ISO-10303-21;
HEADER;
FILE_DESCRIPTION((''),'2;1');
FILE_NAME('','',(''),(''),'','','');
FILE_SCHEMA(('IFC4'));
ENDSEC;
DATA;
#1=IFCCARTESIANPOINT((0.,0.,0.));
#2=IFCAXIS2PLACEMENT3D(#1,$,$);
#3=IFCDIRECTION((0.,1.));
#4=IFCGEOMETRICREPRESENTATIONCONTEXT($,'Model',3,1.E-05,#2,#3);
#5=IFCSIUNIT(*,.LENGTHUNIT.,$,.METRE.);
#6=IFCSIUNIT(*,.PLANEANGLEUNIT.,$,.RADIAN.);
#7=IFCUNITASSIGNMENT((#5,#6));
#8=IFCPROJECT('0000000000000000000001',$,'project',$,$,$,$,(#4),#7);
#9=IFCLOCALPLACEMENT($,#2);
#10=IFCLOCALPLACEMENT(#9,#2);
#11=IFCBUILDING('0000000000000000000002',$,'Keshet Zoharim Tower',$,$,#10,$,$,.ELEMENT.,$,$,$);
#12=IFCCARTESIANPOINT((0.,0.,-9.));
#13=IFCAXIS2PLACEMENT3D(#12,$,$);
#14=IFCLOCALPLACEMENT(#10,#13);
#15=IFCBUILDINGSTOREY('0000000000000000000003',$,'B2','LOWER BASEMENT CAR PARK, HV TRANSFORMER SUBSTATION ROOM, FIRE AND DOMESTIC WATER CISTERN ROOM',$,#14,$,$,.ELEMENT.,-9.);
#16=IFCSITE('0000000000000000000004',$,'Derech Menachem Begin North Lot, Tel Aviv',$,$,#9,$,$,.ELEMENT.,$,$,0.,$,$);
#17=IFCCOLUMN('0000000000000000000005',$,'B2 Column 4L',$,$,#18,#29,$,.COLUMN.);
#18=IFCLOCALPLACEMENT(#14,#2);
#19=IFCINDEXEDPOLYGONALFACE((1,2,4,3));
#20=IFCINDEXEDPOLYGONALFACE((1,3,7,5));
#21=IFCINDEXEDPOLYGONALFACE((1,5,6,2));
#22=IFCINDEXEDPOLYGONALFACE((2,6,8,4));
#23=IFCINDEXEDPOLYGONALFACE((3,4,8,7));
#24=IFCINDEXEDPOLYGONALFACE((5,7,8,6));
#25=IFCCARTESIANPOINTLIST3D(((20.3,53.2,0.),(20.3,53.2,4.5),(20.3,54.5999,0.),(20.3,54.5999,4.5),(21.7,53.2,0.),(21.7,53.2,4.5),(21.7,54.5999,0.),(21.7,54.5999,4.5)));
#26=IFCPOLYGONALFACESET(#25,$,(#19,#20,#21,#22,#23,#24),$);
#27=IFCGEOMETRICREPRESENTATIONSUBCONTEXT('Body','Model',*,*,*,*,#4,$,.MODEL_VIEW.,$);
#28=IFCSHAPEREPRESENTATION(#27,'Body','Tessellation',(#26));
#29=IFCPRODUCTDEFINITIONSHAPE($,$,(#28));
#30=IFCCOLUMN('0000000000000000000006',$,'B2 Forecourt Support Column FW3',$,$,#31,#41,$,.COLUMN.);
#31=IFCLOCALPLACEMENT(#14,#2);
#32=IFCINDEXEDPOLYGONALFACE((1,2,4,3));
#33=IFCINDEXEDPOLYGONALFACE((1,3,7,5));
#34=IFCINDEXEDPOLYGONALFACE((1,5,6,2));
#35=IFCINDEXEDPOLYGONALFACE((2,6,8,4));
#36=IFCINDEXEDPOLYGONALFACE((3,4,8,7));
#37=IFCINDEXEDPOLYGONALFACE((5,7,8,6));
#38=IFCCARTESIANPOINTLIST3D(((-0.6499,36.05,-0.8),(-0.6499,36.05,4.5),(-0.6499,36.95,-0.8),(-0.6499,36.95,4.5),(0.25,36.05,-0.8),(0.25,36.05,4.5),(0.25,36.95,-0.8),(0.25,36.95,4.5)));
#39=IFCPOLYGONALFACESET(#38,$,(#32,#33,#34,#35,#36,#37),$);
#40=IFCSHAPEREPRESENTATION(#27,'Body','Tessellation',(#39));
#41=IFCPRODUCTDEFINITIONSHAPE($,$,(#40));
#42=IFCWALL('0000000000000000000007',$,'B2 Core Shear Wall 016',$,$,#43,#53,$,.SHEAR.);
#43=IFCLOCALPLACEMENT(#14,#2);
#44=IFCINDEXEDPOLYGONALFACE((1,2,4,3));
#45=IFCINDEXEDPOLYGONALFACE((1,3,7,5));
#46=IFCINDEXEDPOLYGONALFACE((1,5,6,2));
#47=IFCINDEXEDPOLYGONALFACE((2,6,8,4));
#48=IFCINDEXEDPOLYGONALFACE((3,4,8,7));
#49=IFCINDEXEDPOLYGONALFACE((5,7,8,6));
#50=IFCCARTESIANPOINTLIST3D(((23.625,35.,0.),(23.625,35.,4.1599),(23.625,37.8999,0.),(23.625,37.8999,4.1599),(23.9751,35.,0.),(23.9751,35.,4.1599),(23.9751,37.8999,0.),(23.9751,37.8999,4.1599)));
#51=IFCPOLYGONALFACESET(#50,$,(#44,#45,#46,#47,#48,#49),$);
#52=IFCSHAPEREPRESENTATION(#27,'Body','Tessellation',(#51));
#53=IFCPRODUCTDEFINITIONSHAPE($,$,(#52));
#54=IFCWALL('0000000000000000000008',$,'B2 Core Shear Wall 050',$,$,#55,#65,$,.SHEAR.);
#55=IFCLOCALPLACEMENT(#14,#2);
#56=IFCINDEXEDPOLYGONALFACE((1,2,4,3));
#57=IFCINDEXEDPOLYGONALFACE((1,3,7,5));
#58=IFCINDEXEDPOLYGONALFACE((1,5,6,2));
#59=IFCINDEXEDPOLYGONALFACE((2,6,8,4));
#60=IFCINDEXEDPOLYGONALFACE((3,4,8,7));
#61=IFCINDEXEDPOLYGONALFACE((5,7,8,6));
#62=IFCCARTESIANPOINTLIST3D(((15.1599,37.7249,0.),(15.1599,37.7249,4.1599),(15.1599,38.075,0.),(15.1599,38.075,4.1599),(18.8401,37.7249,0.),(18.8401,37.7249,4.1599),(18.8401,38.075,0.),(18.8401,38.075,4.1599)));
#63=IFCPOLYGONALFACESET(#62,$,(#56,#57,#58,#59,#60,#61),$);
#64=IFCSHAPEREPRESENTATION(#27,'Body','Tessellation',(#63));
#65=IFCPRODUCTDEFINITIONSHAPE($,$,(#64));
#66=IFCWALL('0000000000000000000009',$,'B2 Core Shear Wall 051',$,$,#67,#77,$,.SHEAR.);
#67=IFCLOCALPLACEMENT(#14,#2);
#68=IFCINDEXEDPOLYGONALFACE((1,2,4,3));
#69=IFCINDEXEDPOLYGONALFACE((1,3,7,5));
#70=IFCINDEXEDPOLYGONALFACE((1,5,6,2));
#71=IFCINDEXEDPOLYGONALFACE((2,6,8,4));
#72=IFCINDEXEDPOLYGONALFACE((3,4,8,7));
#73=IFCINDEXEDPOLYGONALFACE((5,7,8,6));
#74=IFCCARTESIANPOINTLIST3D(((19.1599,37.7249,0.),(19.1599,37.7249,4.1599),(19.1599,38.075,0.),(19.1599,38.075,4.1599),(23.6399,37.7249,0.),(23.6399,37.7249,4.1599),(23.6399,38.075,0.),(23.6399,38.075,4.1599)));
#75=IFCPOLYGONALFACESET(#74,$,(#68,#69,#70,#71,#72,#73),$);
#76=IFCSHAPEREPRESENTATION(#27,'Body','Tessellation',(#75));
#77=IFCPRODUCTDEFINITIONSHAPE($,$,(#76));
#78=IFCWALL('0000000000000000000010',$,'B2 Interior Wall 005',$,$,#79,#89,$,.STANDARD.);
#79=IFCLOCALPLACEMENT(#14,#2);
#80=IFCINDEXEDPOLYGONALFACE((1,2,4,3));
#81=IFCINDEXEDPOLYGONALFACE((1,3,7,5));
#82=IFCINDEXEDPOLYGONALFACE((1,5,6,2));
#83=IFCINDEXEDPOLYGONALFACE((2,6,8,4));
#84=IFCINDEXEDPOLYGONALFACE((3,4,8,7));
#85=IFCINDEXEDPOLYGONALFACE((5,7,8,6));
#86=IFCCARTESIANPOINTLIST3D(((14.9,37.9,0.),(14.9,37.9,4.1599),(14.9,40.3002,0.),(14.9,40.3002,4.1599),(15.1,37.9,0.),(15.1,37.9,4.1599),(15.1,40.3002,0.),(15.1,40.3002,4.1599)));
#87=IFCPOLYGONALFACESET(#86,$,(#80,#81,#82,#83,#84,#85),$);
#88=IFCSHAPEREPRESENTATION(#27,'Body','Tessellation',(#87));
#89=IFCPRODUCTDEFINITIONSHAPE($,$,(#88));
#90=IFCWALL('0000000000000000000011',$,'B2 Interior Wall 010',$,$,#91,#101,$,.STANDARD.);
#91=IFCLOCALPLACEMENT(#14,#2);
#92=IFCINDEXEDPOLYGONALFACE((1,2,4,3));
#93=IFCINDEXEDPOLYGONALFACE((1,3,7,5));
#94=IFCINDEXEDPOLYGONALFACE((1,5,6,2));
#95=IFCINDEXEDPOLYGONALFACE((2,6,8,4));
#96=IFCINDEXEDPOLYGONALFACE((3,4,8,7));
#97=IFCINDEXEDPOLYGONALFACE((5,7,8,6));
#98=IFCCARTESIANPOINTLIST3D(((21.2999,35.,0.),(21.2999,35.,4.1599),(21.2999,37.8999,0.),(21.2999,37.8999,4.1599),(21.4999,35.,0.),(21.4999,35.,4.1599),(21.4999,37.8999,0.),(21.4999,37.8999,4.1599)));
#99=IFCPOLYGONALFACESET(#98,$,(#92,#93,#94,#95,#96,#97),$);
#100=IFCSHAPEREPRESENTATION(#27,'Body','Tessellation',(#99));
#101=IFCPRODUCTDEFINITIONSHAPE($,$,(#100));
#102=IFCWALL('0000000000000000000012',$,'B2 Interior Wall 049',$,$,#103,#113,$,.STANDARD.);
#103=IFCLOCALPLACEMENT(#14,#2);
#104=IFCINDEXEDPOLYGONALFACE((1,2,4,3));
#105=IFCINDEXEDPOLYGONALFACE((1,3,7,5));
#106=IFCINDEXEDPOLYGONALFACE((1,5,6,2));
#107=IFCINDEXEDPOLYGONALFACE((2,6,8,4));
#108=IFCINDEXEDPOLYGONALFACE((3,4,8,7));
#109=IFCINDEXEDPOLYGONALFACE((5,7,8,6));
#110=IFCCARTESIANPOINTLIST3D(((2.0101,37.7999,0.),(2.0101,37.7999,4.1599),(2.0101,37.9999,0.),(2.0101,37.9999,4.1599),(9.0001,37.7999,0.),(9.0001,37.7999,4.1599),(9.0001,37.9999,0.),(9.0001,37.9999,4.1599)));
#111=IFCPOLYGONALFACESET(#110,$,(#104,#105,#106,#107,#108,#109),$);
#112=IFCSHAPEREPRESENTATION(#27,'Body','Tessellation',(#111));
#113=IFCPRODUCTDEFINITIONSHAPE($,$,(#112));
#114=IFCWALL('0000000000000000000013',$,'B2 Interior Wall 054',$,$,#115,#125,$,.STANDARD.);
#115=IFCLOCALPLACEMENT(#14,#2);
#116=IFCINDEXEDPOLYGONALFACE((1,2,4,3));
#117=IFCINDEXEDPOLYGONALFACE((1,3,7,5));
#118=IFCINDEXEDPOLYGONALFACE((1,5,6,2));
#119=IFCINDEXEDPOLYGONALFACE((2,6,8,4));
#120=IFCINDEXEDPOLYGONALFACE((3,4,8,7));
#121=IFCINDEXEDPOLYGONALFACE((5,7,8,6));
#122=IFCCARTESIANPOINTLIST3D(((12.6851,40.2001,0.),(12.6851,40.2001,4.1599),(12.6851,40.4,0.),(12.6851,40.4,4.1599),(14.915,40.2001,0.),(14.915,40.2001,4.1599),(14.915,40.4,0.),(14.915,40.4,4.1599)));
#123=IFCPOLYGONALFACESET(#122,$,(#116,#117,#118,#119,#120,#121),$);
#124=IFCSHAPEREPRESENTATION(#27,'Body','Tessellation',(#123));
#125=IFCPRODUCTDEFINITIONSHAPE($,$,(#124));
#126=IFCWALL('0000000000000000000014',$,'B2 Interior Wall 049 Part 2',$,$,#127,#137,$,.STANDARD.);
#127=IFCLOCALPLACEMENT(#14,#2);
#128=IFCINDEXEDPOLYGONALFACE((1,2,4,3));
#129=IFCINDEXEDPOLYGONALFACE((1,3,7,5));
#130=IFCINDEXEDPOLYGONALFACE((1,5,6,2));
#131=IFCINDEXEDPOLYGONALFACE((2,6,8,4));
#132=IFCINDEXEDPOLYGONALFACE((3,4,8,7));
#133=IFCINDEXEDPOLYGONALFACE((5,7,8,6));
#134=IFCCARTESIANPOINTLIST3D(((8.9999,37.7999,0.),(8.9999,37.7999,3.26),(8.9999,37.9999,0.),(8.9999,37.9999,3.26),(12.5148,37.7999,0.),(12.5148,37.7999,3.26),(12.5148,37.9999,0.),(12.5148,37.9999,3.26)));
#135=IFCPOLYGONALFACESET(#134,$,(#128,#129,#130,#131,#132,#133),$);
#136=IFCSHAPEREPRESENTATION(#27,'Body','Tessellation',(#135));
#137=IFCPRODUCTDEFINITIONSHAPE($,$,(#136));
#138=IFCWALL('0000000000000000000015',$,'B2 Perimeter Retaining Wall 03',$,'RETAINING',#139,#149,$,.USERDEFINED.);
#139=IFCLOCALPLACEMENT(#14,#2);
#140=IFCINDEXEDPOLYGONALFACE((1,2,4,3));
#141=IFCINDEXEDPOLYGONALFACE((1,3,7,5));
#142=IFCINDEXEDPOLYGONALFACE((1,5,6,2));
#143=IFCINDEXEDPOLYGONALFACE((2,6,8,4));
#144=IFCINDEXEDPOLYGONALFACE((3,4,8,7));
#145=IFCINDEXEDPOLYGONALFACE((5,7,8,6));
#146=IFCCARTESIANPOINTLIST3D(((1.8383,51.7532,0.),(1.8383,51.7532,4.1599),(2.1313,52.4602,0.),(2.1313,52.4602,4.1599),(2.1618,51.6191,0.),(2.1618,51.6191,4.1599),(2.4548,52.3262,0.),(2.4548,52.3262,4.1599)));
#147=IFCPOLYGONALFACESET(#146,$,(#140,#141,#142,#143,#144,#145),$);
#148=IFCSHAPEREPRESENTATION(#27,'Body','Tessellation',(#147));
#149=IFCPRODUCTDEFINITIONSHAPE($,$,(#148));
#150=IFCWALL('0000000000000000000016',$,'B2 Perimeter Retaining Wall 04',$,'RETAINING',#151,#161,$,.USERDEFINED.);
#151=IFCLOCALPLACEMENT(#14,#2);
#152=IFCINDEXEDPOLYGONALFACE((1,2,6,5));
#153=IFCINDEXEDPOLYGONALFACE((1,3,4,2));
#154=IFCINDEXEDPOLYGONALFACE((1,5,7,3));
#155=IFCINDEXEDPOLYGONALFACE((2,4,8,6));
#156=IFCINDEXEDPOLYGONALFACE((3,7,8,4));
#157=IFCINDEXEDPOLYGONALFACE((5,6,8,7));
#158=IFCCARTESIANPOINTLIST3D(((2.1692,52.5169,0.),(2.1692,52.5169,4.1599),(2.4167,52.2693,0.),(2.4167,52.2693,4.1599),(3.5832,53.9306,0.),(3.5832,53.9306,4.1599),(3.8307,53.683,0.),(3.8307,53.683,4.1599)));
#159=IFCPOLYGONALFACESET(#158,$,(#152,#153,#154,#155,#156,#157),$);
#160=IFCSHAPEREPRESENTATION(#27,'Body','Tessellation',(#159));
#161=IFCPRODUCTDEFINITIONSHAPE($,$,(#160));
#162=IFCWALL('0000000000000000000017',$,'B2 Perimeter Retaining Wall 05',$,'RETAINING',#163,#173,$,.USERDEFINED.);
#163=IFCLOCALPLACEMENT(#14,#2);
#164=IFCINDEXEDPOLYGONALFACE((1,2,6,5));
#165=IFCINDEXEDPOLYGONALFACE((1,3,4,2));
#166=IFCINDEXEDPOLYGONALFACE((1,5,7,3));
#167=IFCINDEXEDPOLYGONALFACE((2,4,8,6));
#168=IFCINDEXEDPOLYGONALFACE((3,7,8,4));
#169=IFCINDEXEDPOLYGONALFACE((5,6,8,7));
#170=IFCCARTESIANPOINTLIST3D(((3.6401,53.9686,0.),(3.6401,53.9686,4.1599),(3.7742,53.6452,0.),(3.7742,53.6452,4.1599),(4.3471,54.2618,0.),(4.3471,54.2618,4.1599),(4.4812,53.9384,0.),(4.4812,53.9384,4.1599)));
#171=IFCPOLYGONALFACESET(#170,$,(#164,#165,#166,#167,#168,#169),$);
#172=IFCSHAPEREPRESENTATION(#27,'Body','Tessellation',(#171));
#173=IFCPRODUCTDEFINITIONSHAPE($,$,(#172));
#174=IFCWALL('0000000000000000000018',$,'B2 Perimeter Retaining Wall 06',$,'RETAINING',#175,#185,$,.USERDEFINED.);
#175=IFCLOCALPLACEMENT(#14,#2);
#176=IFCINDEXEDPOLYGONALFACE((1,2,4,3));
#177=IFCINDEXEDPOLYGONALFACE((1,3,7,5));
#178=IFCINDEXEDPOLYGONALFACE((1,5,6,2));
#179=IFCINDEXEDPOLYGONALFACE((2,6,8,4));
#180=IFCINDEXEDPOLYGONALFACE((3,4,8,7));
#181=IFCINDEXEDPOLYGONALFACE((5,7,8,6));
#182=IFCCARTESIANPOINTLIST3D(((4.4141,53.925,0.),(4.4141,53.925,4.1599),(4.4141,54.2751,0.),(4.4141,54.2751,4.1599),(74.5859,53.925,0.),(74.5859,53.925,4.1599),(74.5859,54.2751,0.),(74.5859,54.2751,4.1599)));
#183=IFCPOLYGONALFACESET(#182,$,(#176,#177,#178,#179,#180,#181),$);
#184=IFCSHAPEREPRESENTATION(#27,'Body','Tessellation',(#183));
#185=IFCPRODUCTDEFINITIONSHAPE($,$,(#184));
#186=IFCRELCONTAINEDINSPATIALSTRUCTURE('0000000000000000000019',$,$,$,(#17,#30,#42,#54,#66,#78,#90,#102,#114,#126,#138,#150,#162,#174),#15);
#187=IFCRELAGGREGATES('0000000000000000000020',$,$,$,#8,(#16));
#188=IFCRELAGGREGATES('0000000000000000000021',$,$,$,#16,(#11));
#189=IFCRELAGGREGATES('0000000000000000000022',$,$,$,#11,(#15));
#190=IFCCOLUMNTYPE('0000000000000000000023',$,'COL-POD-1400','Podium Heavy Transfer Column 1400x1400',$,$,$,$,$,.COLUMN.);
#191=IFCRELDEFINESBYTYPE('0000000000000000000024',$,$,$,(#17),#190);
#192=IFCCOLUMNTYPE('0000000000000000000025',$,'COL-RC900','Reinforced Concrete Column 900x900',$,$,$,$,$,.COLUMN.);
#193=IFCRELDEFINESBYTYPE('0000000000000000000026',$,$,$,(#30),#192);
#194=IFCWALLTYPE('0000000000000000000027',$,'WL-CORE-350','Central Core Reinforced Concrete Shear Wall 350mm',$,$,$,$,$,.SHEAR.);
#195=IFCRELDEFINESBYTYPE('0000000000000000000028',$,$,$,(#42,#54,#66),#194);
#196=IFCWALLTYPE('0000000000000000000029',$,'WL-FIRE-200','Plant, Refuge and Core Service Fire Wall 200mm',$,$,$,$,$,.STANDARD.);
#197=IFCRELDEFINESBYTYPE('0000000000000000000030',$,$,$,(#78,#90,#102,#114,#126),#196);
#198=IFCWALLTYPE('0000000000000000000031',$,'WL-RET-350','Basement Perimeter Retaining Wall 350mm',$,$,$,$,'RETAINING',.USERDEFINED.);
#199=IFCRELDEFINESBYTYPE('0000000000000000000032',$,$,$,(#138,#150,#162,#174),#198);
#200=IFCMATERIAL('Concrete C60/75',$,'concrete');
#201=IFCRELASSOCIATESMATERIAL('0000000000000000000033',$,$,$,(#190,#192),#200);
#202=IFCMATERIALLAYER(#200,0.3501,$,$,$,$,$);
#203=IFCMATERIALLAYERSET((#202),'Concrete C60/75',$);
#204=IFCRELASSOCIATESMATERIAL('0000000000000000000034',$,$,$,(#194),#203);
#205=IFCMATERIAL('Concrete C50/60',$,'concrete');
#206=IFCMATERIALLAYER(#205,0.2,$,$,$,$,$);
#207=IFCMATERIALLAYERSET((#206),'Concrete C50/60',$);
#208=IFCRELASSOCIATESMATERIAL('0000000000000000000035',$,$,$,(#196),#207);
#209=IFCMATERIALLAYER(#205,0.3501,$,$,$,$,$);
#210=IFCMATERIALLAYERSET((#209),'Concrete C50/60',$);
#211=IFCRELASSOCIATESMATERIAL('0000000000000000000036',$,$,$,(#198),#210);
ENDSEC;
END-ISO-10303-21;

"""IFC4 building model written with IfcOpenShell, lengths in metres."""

from ifc_helpers import new_model, si_unit, direction, frame, frame_2d, origin, origin_2d, place, context, subcontext, project, spatial, rectangle, extrude, material, layer, layer_set, material_profile, profile_set, type_object, element, save


model = new_model("IFC4")

# Units and contexts
model_context = context("Model", 3, precision=1e-05, world=origin(), true_north=direction((0.0, 1.0)))
body_context = subcontext(model_context, "Body", "Model", "MODEL_VIEW")
ifc_project = project(units=[si_unit("LENGTHUNIT", "METRE"), si_unit("PLANEANGLEUNIT", "RADIAN")], contexts=[model_context])

# Site, building, storey
site_placement = place(None, origin())
site = spatial("IfcSite", under=ifc_project, at=site_placement, Name="Derech Menachem Begin North Lot, Tel Aviv", CompositionType="ELEMENT", RefElevation=0.0)
building_placement = place(site_placement, origin())
building = spatial("IfcBuilding", under=site, at=building_placement, Name="Keshet Zoharim Tower", CompositionType="ELEMENT")
storey_placement = place(building_placement, frame((0.0, 0.0, -9.0)))
storey = spatial("IfcBuildingStorey", under=building, at=storey_placement, Name="B2", Description="LOWER BASEMENT CAR PARK, HV TRANSFORMER SUBSTATION ROOM, FIRE AND DOMESTIC WATER CISTERN ROOM", CompositionType="ELEMENT", Elevation=-9.0)

# Shared definitions
ifc_material_1 = material(Name="Concrete C50/60", Category="concrete")

# Columns
ifc_material_2 = material(Name="Concrete C60/75", Category="concrete")
ifc_material_profile_1 = material_profile(ifc_material_2, rectangle(XDim=1.3999, YDim=1.3999, at=origin_2d()), Name="RC1400x1400")
ifc_profile_set_1 = profile_set([ifc_material_profile_1], Name="Concrete C60/75")
column_type_1 = type_object("IfcColumnType", Name="COL-POD-1400", Description="Podium Heavy Transfer Column 1400x1400", PredefinedType="COLUMN", material=ifc_profile_set_1)
for number, where, z_axis, x_axis, name in (
    (1, (21.0, 53.8999, 0.0), (0.0, 0.0, 1.0), (1.0, 0.0, 0.0), "B2 Column 4L"),
):
    element("IfcColumn", number, at=place(storey_placement, frame(where, z_axis=z_axis, x_axis=x_axis)), inside=storey, type_object=column_type_1, Name=name, PredefinedType="COLUMN", context=body_context, shape_type="SweptSolid", body=[
        extrude(rectangle(XDim=1.3999, YDim=1.3999, at=origin_2d()), origin(), (0.0, 0.0, 1.0), 4.5),
    ])
ifc_material_profile_2 = material_profile(ifc_material_2, rectangle(XDim=0.8999, YDim=0.8999, at=origin_2d()), Name="RC900x900")
ifc_profile_set_2 = profile_set([ifc_material_profile_2], Name="Concrete C60/75")
column_type_2 = type_object("IfcColumnType", Name="COL-RC900", Description="Reinforced Concrete Column 900x900", PredefinedType="COLUMN", material=ifc_profile_set_2)
column_placement = place(storey_placement, frame((-0.2, 36.5, -0.8), z_axis=(0.0, 0.0, 1.0), x_axis=(1.0, 0.0, 0.0)))
element("IfcColumn", 2, at=column_placement, inside=storey, type_object=column_type_2, Name="B2 Forecourt Support Column FW3", PredefinedType="COLUMN", context=body_context, shape_type="SweptSolid", body=[
    extrude(rectangle(XDim=0.8999, YDim=0.8999, at=origin_2d()), origin(), (0.0, 0.0, 1.0), 5.3),
])

# Wall
ifc_layer_1 = layer(ifc_material_2, 0.3501)
ifc_layer_set_1 = layer_set([ifc_layer_1], Name="Concrete C60/75")
wall_type_1 = type_object("IfcWallType", Name="WL-CORE-350", Description="Central Core Reinforced Concrete Shear Wall 350mm", PredefinedType="SHEAR", material=ifc_layer_set_1)
wall_1_placement = place(storey_placement, frame((23.8, 35.0, 0.0), z_axis=(0.0, 0.0, 1.0), x_axis=(0.0, 1.0, 0.0)))
element("IfcWall", 3, at=wall_1_placement, inside=storey, type_object=wall_type_1, Name="B2 Core Shear Wall 016", PredefinedType="SHEAR", context=body_context, shape_type="SweptSolid", body=[
    extrude(rectangle(XDim=2.8999, YDim=0.3501, at=frame_2d((1.45, 0.0))), origin(), (0.0, 0.0, 1.0), 4.1599),
])

# Walls
wall_2_placement = place(storey_placement, frame((15.1599, 37.8999, 0.0), z_axis=(0.0, 0.0, 1.0), x_axis=(1.0, 0.0, 0.0)))
element("IfcWall", 4, at=wall_2_placement, inside=storey, type_object=wall_type_1, Name="B2 Core Shear Wall 050", PredefinedType="SHEAR", context=body_context, shape_type="SweptSolid", body=[
    extrude(rectangle(XDim=3.6802, YDim=0.3501, at=frame_2d((1.8401, 0.0))), origin(), (0.0, 0.0, 1.0), 4.1599),
])
wall_3_placement = place(storey_placement, frame((19.1599, 37.8999, 0.0), z_axis=(0.0, 0.0, 1.0), x_axis=(1.0, 0.0, 0.0)))
element("IfcWall", 5, at=wall_3_placement, inside=storey, type_object=wall_type_1, Name="B2 Core Shear Wall 051", PredefinedType="SHEAR", context=body_context, shape_type="SweptSolid", body=[
    extrude(rectangle(XDim=4.48, YDim=0.3501, at=frame_2d((2.24, 0.0))), origin(), (0.0, 0.0, 1.0), 4.1599),
])
ifc_layer_2 = layer(ifc_material_1, 0.2)
ifc_layer_set_2 = layer_set([ifc_layer_2], Name="Concrete C50/60")
wall_type_2 = type_object("IfcWallType", Name="WL-FIRE-200", Description="Plant, Refuge and Core Service Fire Wall 200mm", PredefinedType="STANDARD", material=ifc_layer_set_2)
wall_4_placement = place(storey_placement, frame((15.0, 37.8999, 0.0), z_axis=(0.0, 0.0, 1.0), x_axis=(0.0, 1.0, 0.0)))
element("IfcWall", 6, at=wall_4_placement, inside=storey, type_object=wall_type_2, Name="B2 Interior Wall 005", PredefinedType="STANDARD", context=body_context, shape_type="SweptSolid", body=[
    extrude(rectangle(XDim=2.4001, YDim=0.2, at=frame_2d((1.2002, 0.0))), origin(), (0.0, 0.0, 1.0), 4.1599),
])
wall_5_placement = place(storey_placement, frame((21.3999, 35.0, 0.0), z_axis=(0.0, 0.0, 1.0), x_axis=(0.0, 1.0, 0.0)))
element("IfcWall", 7, at=wall_5_placement, inside=storey, type_object=wall_type_2, Name="B2 Interior Wall 010", PredefinedType="STANDARD", context=body_context, shape_type="SweptSolid", body=[
    extrude(rectangle(XDim=2.8999, YDim=0.2, at=frame_2d((1.45, 0.0))), origin(), (0.0, 0.0, 1.0), 4.1599),
])
wall_6_placement = place(storey_placement, frame((2.01, 37.8999, 0.0), z_axis=(0.0, 0.0, 1.0), x_axis=(1.0, 0.0, 0.0)))
element("IfcWall", 8, at=wall_6_placement, inside=storey, type_object=wall_type_2, Name="B2 Interior Wall 049", PredefinedType="STANDARD", context=body_context, shape_type="SweptSolid", body=[
    extrude(rectangle(XDim=6.99, YDim=0.2, at=frame_2d((3.4951, 0.0))), origin(), (0.0, 0.0, 1.0), 4.1599),
])
wall_7_placement = place(storey_placement, frame((12.6851, 40.3, 0.0), z_axis=(0.0, 0.0, 1.0), x_axis=(1.0, 0.0, 0.0)))
element("IfcWall", 9, at=wall_7_placement, inside=storey, type_object=wall_type_2, Name="B2 Interior Wall 054", PredefinedType="STANDARD", context=body_context, shape_type="SweptSolid", body=[
    extrude(rectangle(XDim=2.23, YDim=0.2, at=frame_2d((1.115, 0.0))), origin(), (0.0, 0.0, 1.0), 4.1599),
])
wall_8_placement = place(storey_placement, frame((9.0, 37.8999, 0.0), z_axis=(0.0, 0.0, 1.0), x_axis=(1.0, 0.0, 0.0)))
element("IfcWall", 10, at=wall_8_placement, inside=storey, type_object=wall_type_2, Name="B2 Interior Wall 049 Part 2", PredefinedType="STANDARD", context=body_context, shape_type="SweptSolid", body=[
    extrude(rectangle(XDim=3.5149, YDim=0.2, at=frame_2d((1.7573, 0.0))), origin(), (0.0, 0.0, 1.0), 3.26),
])
ifc_layer_3 = layer(ifc_material_1, 0.3501)
ifc_layer_set_3 = layer_set([ifc_layer_3], Name="Concrete C50/60")
wall_type_3 = type_object("IfcWallType", Name="WL-RET-350", Description="Basement Perimeter Retaining Wall 350mm", ElementType="RETAINING", PredefinedType="USERDEFINED", material=ifc_layer_set_3)
wall_9_placement = place(storey_placement, frame((2.0, 51.686, 0.0), z_axis=(0.0, 0.0, 1.0), x_axis=(0.382803, 0.92383, 0.0)))
element("IfcWall", 11, at=wall_9_placement, inside=storey, type_object=wall_type_3, Name="B2 Perimeter Retaining Wall 03", ObjectType="RETAINING", PredefinedType="USERDEFINED", context=body_context, shape_type="SweptSolid", body=[
    extrude(rectangle(XDim=0.7654, YDim=0.3501, at=frame_2d((0.3828, 0.0))), origin(), (0.0, 0.0, 1.0), 4.1599),
])
wall_10_placement = place(storey_placement, frame((2.293, 52.3931, 0.0), z_axis=(0.0, 0.0, 1.0), x_axis=(0.707168, 0.707046, 0.0)))
element("IfcWall", 12, at=wall_10_placement, inside=storey, type_object=wall_type_3, Name="B2 Perimeter Retaining Wall 04", ObjectType="RETAINING", PredefinedType="USERDEFINED", context=body_context, shape_type="SweptSolid", body=[
    extrude(rectangle(XDim=1.9995, YDim=0.3501, at=frame_2d((0.9998, 0.0))), origin(), (0.0, 0.0, 1.0), 4.1599),
])
wall_11_placement = place(storey_placement, frame((3.707, 53.8069, 0.0), z_axis=(0.0, 0.0, 1.0), x_axis=(0.923717, 0.383075, 0.0)))
element("IfcWall", 13, at=wall_11_placement, inside=storey, type_object=wall_type_3, Name="B2 Perimeter Retaining Wall 05", ObjectType="RETAINING", PredefinedType="USERDEFINED", context=body_context, shape_type="SweptSolid", body=[
    extrude(rectangle(XDim=0.7654, YDim=0.3501, at=frame_2d((0.3828, 0.0))), origin(), (0.0, 0.0, 1.0), 4.1599),
])
wall_12_placement = place(storey_placement, frame((4.4141, 54.1001, 0.0), z_axis=(0.0, 0.0, 1.0), x_axis=(1.0, 0.0, 0.0)))
element("IfcWall", 14, at=wall_12_placement, inside=storey, type_object=wall_type_3, Name="B2 Perimeter Retaining Wall 06", ObjectType="RETAINING", PredefinedType="USERDEFINED", context=body_context, shape_type="SweptSolid", body=[
    extrude(rectangle(XDim=70.1719, YDim=0.3501, at=frame_2d((35.0859, 0.0))), origin(), (0.0, 0.0, 1.0), 4.1599),
])

save(model, "model.ifc")
